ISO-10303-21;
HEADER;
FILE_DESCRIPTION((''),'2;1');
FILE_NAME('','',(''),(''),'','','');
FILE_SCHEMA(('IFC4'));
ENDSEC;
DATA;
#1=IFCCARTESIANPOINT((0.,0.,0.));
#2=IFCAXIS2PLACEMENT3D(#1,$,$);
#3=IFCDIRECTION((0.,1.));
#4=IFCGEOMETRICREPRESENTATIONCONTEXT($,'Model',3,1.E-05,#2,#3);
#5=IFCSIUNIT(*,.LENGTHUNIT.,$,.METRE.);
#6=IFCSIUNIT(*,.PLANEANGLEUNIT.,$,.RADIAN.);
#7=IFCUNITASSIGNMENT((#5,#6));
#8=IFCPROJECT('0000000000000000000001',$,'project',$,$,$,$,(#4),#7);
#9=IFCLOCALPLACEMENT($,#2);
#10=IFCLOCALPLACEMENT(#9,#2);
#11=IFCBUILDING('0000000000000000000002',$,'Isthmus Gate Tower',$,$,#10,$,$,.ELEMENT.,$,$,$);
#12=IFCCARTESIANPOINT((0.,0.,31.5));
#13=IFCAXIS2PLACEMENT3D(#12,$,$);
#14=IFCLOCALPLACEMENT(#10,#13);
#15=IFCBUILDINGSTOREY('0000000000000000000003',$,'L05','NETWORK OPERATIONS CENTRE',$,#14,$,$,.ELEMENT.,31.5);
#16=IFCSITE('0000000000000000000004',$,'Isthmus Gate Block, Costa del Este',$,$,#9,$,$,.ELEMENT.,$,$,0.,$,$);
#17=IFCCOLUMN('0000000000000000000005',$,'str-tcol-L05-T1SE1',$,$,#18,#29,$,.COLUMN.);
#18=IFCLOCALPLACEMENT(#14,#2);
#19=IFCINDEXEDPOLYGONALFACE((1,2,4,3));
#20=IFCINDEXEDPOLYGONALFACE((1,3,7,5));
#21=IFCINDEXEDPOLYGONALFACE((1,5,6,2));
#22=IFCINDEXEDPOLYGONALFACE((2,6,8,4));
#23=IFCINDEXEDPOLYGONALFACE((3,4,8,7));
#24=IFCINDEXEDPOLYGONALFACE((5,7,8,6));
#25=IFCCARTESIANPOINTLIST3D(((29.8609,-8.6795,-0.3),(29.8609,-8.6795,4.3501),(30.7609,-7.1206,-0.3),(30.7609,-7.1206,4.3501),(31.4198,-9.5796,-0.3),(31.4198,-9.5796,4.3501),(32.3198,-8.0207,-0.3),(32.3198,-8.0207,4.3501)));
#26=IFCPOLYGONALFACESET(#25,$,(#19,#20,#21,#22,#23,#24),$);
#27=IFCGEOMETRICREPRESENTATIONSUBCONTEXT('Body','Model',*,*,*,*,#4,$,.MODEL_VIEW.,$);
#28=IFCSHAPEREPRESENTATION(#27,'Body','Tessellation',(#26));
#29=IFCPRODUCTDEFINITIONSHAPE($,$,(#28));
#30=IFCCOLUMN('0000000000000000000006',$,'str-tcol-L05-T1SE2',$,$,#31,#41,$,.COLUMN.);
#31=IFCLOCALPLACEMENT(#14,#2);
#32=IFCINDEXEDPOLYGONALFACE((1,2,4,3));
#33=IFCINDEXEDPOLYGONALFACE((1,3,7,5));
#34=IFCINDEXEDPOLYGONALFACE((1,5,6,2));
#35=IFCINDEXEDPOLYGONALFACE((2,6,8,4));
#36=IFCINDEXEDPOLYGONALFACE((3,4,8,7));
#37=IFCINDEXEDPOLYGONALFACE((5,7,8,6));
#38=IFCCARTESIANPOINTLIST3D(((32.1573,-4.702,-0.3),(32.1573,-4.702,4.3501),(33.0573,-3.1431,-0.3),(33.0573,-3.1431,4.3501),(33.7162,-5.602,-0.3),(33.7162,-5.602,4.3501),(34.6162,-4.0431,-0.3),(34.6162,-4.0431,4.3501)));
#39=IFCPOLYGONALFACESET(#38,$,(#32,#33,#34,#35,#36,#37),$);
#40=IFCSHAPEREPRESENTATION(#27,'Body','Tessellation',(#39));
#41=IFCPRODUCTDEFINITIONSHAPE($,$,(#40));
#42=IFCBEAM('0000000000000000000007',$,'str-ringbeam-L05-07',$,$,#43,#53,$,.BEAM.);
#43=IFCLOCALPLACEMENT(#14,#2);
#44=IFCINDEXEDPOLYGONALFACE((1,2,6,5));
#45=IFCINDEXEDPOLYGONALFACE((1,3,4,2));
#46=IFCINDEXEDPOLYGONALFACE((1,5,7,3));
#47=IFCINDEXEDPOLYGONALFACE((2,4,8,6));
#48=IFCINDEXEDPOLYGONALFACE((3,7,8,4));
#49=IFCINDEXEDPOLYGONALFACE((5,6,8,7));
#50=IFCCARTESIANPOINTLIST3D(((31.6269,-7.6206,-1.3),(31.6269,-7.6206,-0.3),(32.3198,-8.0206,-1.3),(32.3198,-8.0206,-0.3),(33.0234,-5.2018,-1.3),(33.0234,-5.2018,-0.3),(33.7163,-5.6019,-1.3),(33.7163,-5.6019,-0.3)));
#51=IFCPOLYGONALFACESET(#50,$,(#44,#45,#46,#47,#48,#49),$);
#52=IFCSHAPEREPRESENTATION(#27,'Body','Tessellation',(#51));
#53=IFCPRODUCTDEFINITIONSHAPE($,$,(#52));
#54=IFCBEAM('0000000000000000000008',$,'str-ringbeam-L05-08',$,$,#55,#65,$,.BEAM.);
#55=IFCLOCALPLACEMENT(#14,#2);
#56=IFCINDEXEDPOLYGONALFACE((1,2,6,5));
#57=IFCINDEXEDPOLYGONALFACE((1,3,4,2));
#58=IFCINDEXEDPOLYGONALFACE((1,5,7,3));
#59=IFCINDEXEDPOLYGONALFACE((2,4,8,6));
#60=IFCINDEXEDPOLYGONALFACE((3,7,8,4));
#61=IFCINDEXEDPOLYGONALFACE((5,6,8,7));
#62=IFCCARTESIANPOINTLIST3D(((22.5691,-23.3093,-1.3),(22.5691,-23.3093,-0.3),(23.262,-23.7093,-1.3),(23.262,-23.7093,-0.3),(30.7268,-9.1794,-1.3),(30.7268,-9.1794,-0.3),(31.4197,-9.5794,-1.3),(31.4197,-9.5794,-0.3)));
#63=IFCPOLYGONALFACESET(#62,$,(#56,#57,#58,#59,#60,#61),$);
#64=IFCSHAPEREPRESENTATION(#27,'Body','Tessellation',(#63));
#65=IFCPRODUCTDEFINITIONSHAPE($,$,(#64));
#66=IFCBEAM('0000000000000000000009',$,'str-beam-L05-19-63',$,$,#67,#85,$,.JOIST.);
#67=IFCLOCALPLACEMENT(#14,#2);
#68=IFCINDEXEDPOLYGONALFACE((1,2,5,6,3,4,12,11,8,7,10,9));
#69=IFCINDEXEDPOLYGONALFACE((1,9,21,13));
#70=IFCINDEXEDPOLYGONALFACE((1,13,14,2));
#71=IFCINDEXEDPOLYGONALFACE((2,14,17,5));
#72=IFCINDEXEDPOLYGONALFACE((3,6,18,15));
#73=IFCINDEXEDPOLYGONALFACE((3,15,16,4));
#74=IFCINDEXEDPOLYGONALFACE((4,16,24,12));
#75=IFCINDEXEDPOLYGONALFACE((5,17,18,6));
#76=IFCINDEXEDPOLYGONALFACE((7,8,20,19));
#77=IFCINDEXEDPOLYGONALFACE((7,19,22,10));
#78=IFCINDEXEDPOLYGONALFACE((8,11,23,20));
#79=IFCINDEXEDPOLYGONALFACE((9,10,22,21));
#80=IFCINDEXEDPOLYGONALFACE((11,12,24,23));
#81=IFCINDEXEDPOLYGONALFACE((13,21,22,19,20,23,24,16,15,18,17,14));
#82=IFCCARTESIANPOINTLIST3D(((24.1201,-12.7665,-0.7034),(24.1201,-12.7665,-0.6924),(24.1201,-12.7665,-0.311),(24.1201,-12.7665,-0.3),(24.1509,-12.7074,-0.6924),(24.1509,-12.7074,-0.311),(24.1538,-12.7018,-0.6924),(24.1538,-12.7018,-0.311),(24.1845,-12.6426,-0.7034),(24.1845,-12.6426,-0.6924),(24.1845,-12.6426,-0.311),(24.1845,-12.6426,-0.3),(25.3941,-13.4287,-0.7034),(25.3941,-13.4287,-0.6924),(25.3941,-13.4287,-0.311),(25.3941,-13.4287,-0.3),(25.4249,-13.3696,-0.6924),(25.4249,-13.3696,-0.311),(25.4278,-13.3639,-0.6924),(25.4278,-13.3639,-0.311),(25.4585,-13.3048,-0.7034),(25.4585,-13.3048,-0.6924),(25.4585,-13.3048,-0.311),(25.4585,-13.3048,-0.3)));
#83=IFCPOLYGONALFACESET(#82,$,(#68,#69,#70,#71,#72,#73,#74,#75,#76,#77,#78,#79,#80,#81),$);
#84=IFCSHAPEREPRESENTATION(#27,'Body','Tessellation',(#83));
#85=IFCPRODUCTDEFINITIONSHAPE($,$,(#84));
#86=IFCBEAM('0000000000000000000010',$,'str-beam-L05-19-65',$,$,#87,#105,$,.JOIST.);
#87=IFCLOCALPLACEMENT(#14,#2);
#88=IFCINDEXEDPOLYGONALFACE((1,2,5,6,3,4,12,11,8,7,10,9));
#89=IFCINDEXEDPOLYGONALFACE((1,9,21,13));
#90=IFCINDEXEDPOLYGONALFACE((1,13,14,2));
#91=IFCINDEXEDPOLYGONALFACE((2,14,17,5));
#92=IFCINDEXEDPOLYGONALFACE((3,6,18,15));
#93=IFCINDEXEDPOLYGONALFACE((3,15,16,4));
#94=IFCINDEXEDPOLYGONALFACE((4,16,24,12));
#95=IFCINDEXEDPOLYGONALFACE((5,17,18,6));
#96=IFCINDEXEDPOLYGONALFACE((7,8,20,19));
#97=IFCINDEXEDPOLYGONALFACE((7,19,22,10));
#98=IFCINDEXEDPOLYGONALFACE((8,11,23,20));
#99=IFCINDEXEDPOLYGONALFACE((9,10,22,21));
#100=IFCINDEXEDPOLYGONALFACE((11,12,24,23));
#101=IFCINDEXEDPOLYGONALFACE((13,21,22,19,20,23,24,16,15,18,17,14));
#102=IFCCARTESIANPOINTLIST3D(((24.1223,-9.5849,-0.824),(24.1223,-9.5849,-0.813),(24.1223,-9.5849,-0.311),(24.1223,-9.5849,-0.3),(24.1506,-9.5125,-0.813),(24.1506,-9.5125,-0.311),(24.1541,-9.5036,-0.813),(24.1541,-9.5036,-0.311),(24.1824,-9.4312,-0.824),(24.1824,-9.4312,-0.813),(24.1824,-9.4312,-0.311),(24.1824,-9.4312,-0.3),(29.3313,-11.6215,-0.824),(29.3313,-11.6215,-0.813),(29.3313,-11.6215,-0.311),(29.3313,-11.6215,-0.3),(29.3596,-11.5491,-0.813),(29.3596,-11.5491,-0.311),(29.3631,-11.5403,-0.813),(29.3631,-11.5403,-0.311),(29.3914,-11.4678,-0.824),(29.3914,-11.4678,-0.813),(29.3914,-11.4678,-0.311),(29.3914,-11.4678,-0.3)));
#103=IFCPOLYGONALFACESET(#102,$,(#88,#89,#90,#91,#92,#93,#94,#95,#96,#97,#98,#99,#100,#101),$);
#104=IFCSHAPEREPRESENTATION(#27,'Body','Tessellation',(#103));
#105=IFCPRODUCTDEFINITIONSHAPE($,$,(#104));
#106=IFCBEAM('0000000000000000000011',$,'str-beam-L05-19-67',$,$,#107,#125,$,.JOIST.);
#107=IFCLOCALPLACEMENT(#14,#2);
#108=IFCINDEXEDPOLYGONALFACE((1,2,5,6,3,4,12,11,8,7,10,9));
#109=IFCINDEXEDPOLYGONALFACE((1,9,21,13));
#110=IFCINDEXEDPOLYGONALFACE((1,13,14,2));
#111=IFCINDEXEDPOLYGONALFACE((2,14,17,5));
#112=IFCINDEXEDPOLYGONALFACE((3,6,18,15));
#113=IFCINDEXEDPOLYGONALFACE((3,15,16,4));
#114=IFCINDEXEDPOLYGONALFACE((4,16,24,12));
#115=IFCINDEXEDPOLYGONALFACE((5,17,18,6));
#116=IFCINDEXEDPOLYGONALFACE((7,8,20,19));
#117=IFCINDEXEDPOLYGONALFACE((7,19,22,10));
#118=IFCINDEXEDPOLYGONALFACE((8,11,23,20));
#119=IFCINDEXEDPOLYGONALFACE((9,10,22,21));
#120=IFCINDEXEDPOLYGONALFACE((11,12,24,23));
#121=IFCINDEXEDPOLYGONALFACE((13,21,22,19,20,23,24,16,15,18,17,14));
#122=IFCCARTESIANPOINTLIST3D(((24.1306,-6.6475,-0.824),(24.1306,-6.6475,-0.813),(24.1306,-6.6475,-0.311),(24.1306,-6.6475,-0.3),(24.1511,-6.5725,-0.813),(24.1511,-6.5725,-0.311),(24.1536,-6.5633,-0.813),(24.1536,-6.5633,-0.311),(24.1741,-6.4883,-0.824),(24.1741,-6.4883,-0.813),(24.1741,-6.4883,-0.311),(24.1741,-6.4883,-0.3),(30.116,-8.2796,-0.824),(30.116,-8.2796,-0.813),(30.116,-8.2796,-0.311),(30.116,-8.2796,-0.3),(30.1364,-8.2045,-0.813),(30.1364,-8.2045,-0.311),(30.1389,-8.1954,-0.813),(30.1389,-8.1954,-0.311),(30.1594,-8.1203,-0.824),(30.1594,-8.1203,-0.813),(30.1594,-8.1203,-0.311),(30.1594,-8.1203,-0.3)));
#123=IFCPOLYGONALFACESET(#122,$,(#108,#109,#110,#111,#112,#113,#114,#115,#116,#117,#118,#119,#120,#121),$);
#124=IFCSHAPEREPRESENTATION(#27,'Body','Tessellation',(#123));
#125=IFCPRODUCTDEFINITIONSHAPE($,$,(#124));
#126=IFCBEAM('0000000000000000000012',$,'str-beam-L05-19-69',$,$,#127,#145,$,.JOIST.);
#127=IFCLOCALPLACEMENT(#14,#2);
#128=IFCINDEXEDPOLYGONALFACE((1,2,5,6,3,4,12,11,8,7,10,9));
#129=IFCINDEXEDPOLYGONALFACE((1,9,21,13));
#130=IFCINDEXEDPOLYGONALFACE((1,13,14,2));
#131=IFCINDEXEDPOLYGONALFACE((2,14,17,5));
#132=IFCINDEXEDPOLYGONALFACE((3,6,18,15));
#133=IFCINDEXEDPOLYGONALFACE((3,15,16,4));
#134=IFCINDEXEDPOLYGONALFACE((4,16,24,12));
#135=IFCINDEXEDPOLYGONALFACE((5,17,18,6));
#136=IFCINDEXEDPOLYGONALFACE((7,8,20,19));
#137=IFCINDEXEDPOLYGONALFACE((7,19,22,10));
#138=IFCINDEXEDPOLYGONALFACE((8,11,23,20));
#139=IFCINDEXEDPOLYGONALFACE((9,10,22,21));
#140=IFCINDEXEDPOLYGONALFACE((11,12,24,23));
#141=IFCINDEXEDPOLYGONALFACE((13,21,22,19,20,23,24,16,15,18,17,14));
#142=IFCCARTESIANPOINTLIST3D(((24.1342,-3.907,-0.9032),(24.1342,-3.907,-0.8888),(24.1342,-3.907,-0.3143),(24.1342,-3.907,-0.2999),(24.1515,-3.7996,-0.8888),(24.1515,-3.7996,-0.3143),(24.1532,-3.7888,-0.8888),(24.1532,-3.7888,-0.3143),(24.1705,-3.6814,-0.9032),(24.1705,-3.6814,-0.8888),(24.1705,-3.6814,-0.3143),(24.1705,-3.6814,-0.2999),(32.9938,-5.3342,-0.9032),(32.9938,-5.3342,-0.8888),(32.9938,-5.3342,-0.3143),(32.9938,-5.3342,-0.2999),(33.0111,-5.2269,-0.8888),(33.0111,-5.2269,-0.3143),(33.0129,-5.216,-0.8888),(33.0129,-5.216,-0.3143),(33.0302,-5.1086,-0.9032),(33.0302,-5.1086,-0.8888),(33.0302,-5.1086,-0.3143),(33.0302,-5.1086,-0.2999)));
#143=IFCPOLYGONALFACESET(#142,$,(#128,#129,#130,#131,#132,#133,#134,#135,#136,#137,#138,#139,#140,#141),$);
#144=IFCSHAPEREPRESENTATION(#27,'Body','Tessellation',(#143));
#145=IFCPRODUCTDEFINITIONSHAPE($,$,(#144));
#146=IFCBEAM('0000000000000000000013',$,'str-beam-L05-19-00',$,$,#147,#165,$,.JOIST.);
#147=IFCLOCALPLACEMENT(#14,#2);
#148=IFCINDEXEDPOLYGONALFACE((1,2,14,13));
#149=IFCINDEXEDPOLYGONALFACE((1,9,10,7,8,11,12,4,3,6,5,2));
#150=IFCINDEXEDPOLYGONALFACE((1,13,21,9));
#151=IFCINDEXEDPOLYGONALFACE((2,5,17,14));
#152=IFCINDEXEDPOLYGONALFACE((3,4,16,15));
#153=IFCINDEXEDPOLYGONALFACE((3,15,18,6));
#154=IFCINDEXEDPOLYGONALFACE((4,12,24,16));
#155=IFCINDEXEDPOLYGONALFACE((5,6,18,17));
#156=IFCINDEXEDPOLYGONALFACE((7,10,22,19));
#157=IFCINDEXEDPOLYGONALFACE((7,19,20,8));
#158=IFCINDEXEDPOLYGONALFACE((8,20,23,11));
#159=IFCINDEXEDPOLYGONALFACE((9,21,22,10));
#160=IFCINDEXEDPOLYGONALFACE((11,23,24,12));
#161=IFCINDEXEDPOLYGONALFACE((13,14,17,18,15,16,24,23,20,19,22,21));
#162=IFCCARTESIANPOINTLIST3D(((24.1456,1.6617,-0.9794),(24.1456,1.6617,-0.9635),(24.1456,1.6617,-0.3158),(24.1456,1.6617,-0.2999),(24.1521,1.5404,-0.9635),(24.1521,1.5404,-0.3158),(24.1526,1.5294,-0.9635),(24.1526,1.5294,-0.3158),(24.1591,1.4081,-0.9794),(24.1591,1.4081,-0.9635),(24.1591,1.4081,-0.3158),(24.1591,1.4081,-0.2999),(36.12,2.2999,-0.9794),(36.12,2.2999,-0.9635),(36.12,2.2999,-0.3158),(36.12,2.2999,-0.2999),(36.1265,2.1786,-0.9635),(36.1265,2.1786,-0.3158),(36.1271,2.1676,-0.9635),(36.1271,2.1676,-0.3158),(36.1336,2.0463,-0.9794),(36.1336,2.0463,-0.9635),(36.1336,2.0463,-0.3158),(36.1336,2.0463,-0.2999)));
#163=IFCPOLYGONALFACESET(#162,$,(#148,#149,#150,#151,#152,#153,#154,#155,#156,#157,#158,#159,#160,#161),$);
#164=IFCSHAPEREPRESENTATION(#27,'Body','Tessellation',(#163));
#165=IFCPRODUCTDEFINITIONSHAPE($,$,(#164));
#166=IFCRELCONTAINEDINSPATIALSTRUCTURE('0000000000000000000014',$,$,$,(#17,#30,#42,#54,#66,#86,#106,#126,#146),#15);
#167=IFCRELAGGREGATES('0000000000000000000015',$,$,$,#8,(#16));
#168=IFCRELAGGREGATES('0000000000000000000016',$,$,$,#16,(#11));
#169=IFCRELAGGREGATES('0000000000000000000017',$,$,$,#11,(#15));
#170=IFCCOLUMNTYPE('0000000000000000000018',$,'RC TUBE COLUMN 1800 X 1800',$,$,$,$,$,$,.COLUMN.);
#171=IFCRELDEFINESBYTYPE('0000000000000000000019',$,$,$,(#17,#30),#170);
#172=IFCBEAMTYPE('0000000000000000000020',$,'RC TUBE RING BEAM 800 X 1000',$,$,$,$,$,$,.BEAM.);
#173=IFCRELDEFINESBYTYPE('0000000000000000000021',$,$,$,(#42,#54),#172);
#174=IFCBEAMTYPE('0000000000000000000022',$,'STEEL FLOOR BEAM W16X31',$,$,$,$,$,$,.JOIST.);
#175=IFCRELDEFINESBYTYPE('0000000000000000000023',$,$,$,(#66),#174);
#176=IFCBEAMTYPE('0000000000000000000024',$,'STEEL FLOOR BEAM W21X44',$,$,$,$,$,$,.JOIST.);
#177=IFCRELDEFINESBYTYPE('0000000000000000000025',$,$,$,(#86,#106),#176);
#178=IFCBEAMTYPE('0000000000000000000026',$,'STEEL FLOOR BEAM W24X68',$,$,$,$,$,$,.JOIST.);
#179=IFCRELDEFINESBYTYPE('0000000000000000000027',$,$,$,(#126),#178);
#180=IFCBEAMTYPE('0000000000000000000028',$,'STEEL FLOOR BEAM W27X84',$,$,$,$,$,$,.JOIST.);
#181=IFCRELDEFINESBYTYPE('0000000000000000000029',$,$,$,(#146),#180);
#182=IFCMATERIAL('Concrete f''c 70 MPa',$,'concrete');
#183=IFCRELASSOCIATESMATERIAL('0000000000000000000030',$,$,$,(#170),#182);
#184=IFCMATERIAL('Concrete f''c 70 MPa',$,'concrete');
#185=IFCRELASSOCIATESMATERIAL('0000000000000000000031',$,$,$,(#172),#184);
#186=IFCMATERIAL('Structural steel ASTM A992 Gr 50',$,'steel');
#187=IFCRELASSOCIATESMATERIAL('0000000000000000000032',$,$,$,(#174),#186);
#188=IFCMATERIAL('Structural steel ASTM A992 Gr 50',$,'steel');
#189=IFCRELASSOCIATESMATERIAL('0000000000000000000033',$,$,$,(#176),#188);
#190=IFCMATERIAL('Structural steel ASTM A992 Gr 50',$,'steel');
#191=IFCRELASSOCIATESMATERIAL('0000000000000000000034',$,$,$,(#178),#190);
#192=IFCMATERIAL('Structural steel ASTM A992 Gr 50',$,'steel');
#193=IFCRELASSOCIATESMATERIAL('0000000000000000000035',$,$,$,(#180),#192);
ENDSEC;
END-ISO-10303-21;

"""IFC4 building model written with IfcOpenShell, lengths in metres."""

from ifc_helpers import new_model, si_unit, direction, frame, origin, origin_2d, place, context, subcontext, project, spatial, rectangle, i_section, extrude, material, material_profile, profile_set, type_object, element, save


model = new_model("IFC4")

# Units and contexts
model_context = context("Model", 3, precision=1e-05, world=origin(), true_north=direction((0.0, 1.0)))
body_context = subcontext(model_context, "Body", "Model", "MODEL_VIEW")
ifc_project = project(units=[si_unit("LENGTHUNIT", "METRE"), si_unit("PLANEANGLEUNIT", "RADIAN")], contexts=[model_context])

# Site, building, storey
site_placement = place(None, origin())
site = spatial("IfcSite", under=ifc_project, at=site_placement, Name="Isthmus Gate Block, Costa del Este", CompositionType="ELEMENT", RefElevation=0.0)
building_placement = place(site_placement, origin())
building = spatial("IfcBuilding", under=site, at=building_placement, Name="Isthmus Gate Tower", CompositionType="ELEMENT")
storey_placement = place(building_placement, frame((0.0, 0.0, 31.5)))
storey = spatial("IfcBuildingStorey", under=building, at=storey_placement, Name="L05", Description="NETWORK OPERATIONS CENTRE", CompositionType="ELEMENT", Elevation=31.5)

# Columns
ifc_material_1 = material(Name="Concrete f'c 70 MPa", Category="concrete")
ifc_material_profile_1 = material_profile(ifc_material_1, rectangle(XDim=1.8, YDim=1.8, at=origin_2d()), Name="RC 1800X1800")
ifc_profile_set_1 = profile_set([ifc_material_profile_1], Name="Concrete f'c 70 MPa")
column_type = type_object("IfcColumnType", Name="RC TUBE COLUMN 1800 X 1800", PredefinedType="COLUMN", material=ifc_profile_set_1)
for number, where, z_axis, x_axis, name in (
    (1, (31.0903, -8.3501, -0.3), (0.0, 0.0, 1.0), (0.5, 0.866025, 0.0), "str-tcol-L05-T1SE1"),
    (2, (33.3867, -4.3726, -0.3), (0.0, 0.0, 1.0), (0.5, 0.866025, 0.0), "str-tcol-L05-T1SE2"),
):
    element("IfcColumn", number, at=place(storey_placement, frame(where, z_axis=z_axis, x_axis=x_axis)), inside=storey, type_object=column_type, Name=name, PredefinedType="COLUMN", context=body_context, shape_type="SweptSolid", body=[
        extrude(rectangle(XDim=1.8, YDim=1.8, at=origin_2d()), origin(), (0.0, 0.0, 1.0), 4.6501),
    ])

# Beams
ifc_material_2 = material(Name="Concrete f'c 70 MPa", Category="concrete")
ifc_material_profile_2 = material_profile(ifc_material_2, rectangle(XDim=0.8, YDim=1.0, at=origin_2d()), Name="RC 800X1000")
ifc_profile_set_2 = profile_set([ifc_material_profile_2], Name="Concrete f'c 70 MPa")
beam_type_1 = type_object("IfcBeamType", Name="RC TUBE RING BEAM 800 X 1000", PredefinedType="BEAM", material=ifc_profile_set_2)
beam_1_placement = place(storey_placement, frame((33.3699, -5.4019, -0.8), z_axis=(-0.500013, -0.866018, 0.0), x_axis=(0.866018, -0.500013, 0.0)))
element("IfcBeam", 3, at=beam_1_placement, inside=storey, type_object=beam_type_1, Name="str-ringbeam-L05-07", PredefinedType="BEAM", context=body_context, shape_type="SweptSolid", body=[
    extrude(rectangle(XDim=0.8, YDim=1.0, at=origin_2d()), origin(), (0.0, 0.0, 1.0), 2.793),
])
beam_2_placement = place(storey_placement, frame((31.0732, -9.3794, -0.8), z_axis=(-0.499992, -0.86603, 0.0), x_axis=(0.86603, -0.499992, 0.0)))
element("IfcBeam", 4, at=beam_2_placement, inside=storey, type_object=beam_type_1, Name="str-ringbeam-L05-08", PredefinedType="BEAM", context=body_context, shape_type="SweptSolid", body=[
    extrude(rectangle(XDim=0.8, YDim=1.0, at=origin_2d()), origin(), (0.0, 0.0, 1.0), 16.3157),
])
ifc_material_3 = material(Name="Structural steel ASTM A992 Gr 50", Category="steel")
ifc_material_profile_3 = material_profile(ifc_material_3, i_section(OverallWidth=0.1396, OverallDepth=0.4033, WebThickness=0.0063, FlangeThickness=0.011, at=origin_2d()), Name="W16X31")
ifc_profile_set_3 = profile_set([ifc_material_profile_3], Name="Structural steel ASTM A992 Gr 50")
beam_type_2 = type_object("IfcBeamType", Name="STEEL FLOOR BEAM W16X31", PredefinedType="JOIST", material=ifc_profile_set_3)
beam_3_placement = place(storey_placement, frame((24.1523, -12.7046, -0.5017), z_axis=(0.887311, -0.461171, 0.0), x_axis=(0.461171, 0.887311, 0.0)))
element("IfcBeam", 5, at=beam_3_placement, inside=storey, type_object=beam_type_2, Name="str-beam-L05-19-63", PredefinedType="JOIST", context=body_context, shape_type="SweptSolid", body=[
    extrude(i_section(OverallWidth=0.1396, OverallDepth=0.4033, WebThickness=0.0063, FlangeThickness=0.011, at=origin_2d()), origin(), (0.0, 0.0, 1.0), 1.4358),
])
ifc_material_4 = material(Name="Structural steel ASTM A992 Gr 50", Category="steel")
ifc_material_profile_4 = material_profile(ifc_material_4, i_section(OverallWidth=0.165, OverallDepth=0.5239, WebThickness=0.0095, FlangeThickness=0.011, at=origin_2d()), Name="W21X44")
ifc_profile_set_4 = profile_set([ifc_material_profile_4], Name="Structural steel ASTM A992 Gr 50")
beam_type_3 = type_object("IfcBeamType", Name="STEEL FLOOR BEAM W21X44", PredefinedType="JOIST", material=ifc_profile_set_4)
beam_4_placement = place(storey_placement, frame((24.1523, -9.5081, -0.562), z_axis=(0.931345, -0.364139, 0.0), x_axis=(0.364139, 0.931345, 0.0)))
element("IfcBeam", 6, at=beam_4_placement, inside=storey, type_object=beam_type_3, Name="str-beam-L05-19-65", PredefinedType="JOIST", context=body_context, shape_type="SweptSolid", body=[
    extrude(i_section(OverallWidth=0.165, OverallDepth=0.5239, WebThickness=0.0095, FlangeThickness=0.011, at=origin_2d()), origin(), (0.0, 0.0, 1.0), 5.593),
])
beam_5_placement = place(storey_placement, frame((24.1523, -6.5679, -0.562), z_axis=(0.964776, -0.263074, 0.0), x_axis=(0.263074, 0.964776, 0.0)))
element("IfcBeam", 7, at=beam_5_placement, inside=storey, type_object=beam_type_3, Name="str-beam-L05-19-67", PredefinedType="JOIST", context=body_context, shape_type="SweptSolid", body=[
    extrude(i_section(OverallWidth=0.165, OverallDepth=0.5239, WebThickness=0.0095, FlangeThickness=0.011, at=origin_2d()), origin(), (0.0, 0.0, 1.0), 6.2039),
])
ifc_material_5 = material(Name="Structural steel ASTM A992 Gr 50", Category="steel")
ifc_material_profile_5 = material_profile(ifc_material_5, i_section(OverallWidth=0.2285, OverallDepth=0.6033, WebThickness=0.011, FlangeThickness=0.0144, at=origin_2d()), Name="W24X68")
ifc_profile_set_5 = profile_set([ifc_material_profile_5], Name="Structural steel ASTM A992 Gr 50")
beam_type_4 = type_object("IfcBeamType", Name="STEEL FLOOR BEAM W24X68", PredefinedType="JOIST", material=ifc_profile_set_5)
beam_6_placement = place(storey_placement, frame((24.1523, -3.7942, -0.6016), z_axis=(0.987271, -0.159045, 0.0), x_axis=(0.159045, 0.987271, 0.0)))
element("IfcBeam", 8, at=beam_6_placement, inside=storey, type_object=beam_type_4, Name="str-beam-L05-19-69", PredefinedType="JOIST", context=body_context, shape_type="SweptSolid", body=[
    extrude(i_section(OverallWidth=0.2285, OverallDepth=0.6033, WebThickness=0.011, FlangeThickness=0.0144, at=origin_2d()), origin(), (0.0, 0.0, 1.0), 8.9739),
])
ifc_material_6 = material(Name="Structural steel ASTM A992 Gr 50", Category="steel")
ifc_material_profile_6 = material_profile(ifc_material_6, i_section(OverallWidth=0.2539, OverallDepth=0.6794, WebThickness=0.011, FlangeThickness=0.0159, at=origin_2d()), Name="W27X84")
ifc_profile_set_6 = profile_set([ifc_material_profile_6], Name="Structural steel ASTM A992 Gr 50")
beam_type_5 = type_object("IfcBeamType", Name="STEEL FLOOR BEAM W27X84", PredefinedType="JOIST", material=ifc_profile_set_6)
beam_7_placement = place(storey_placement, frame((24.1523, 1.5349, -0.6396), z_axis=(0.998583, 0.05322, 0.0), x_axis=(-0.05322, 0.998583, 0.0)))
element("IfcBeam", 9, at=beam_7_placement, inside=storey, type_object=beam_type_5, Name="str-beam-L05-19-00", PredefinedType="JOIST", context=body_context, shape_type="SweptSolid", body=[
    extrude(i_section(OverallWidth=0.2539, OverallDepth=0.6794, WebThickness=0.011, FlangeThickness=0.0159, at=origin_2d()), origin(), (0.0, 0.0, 1.0), 11.9915),
])

save(model, "model.ifc")
